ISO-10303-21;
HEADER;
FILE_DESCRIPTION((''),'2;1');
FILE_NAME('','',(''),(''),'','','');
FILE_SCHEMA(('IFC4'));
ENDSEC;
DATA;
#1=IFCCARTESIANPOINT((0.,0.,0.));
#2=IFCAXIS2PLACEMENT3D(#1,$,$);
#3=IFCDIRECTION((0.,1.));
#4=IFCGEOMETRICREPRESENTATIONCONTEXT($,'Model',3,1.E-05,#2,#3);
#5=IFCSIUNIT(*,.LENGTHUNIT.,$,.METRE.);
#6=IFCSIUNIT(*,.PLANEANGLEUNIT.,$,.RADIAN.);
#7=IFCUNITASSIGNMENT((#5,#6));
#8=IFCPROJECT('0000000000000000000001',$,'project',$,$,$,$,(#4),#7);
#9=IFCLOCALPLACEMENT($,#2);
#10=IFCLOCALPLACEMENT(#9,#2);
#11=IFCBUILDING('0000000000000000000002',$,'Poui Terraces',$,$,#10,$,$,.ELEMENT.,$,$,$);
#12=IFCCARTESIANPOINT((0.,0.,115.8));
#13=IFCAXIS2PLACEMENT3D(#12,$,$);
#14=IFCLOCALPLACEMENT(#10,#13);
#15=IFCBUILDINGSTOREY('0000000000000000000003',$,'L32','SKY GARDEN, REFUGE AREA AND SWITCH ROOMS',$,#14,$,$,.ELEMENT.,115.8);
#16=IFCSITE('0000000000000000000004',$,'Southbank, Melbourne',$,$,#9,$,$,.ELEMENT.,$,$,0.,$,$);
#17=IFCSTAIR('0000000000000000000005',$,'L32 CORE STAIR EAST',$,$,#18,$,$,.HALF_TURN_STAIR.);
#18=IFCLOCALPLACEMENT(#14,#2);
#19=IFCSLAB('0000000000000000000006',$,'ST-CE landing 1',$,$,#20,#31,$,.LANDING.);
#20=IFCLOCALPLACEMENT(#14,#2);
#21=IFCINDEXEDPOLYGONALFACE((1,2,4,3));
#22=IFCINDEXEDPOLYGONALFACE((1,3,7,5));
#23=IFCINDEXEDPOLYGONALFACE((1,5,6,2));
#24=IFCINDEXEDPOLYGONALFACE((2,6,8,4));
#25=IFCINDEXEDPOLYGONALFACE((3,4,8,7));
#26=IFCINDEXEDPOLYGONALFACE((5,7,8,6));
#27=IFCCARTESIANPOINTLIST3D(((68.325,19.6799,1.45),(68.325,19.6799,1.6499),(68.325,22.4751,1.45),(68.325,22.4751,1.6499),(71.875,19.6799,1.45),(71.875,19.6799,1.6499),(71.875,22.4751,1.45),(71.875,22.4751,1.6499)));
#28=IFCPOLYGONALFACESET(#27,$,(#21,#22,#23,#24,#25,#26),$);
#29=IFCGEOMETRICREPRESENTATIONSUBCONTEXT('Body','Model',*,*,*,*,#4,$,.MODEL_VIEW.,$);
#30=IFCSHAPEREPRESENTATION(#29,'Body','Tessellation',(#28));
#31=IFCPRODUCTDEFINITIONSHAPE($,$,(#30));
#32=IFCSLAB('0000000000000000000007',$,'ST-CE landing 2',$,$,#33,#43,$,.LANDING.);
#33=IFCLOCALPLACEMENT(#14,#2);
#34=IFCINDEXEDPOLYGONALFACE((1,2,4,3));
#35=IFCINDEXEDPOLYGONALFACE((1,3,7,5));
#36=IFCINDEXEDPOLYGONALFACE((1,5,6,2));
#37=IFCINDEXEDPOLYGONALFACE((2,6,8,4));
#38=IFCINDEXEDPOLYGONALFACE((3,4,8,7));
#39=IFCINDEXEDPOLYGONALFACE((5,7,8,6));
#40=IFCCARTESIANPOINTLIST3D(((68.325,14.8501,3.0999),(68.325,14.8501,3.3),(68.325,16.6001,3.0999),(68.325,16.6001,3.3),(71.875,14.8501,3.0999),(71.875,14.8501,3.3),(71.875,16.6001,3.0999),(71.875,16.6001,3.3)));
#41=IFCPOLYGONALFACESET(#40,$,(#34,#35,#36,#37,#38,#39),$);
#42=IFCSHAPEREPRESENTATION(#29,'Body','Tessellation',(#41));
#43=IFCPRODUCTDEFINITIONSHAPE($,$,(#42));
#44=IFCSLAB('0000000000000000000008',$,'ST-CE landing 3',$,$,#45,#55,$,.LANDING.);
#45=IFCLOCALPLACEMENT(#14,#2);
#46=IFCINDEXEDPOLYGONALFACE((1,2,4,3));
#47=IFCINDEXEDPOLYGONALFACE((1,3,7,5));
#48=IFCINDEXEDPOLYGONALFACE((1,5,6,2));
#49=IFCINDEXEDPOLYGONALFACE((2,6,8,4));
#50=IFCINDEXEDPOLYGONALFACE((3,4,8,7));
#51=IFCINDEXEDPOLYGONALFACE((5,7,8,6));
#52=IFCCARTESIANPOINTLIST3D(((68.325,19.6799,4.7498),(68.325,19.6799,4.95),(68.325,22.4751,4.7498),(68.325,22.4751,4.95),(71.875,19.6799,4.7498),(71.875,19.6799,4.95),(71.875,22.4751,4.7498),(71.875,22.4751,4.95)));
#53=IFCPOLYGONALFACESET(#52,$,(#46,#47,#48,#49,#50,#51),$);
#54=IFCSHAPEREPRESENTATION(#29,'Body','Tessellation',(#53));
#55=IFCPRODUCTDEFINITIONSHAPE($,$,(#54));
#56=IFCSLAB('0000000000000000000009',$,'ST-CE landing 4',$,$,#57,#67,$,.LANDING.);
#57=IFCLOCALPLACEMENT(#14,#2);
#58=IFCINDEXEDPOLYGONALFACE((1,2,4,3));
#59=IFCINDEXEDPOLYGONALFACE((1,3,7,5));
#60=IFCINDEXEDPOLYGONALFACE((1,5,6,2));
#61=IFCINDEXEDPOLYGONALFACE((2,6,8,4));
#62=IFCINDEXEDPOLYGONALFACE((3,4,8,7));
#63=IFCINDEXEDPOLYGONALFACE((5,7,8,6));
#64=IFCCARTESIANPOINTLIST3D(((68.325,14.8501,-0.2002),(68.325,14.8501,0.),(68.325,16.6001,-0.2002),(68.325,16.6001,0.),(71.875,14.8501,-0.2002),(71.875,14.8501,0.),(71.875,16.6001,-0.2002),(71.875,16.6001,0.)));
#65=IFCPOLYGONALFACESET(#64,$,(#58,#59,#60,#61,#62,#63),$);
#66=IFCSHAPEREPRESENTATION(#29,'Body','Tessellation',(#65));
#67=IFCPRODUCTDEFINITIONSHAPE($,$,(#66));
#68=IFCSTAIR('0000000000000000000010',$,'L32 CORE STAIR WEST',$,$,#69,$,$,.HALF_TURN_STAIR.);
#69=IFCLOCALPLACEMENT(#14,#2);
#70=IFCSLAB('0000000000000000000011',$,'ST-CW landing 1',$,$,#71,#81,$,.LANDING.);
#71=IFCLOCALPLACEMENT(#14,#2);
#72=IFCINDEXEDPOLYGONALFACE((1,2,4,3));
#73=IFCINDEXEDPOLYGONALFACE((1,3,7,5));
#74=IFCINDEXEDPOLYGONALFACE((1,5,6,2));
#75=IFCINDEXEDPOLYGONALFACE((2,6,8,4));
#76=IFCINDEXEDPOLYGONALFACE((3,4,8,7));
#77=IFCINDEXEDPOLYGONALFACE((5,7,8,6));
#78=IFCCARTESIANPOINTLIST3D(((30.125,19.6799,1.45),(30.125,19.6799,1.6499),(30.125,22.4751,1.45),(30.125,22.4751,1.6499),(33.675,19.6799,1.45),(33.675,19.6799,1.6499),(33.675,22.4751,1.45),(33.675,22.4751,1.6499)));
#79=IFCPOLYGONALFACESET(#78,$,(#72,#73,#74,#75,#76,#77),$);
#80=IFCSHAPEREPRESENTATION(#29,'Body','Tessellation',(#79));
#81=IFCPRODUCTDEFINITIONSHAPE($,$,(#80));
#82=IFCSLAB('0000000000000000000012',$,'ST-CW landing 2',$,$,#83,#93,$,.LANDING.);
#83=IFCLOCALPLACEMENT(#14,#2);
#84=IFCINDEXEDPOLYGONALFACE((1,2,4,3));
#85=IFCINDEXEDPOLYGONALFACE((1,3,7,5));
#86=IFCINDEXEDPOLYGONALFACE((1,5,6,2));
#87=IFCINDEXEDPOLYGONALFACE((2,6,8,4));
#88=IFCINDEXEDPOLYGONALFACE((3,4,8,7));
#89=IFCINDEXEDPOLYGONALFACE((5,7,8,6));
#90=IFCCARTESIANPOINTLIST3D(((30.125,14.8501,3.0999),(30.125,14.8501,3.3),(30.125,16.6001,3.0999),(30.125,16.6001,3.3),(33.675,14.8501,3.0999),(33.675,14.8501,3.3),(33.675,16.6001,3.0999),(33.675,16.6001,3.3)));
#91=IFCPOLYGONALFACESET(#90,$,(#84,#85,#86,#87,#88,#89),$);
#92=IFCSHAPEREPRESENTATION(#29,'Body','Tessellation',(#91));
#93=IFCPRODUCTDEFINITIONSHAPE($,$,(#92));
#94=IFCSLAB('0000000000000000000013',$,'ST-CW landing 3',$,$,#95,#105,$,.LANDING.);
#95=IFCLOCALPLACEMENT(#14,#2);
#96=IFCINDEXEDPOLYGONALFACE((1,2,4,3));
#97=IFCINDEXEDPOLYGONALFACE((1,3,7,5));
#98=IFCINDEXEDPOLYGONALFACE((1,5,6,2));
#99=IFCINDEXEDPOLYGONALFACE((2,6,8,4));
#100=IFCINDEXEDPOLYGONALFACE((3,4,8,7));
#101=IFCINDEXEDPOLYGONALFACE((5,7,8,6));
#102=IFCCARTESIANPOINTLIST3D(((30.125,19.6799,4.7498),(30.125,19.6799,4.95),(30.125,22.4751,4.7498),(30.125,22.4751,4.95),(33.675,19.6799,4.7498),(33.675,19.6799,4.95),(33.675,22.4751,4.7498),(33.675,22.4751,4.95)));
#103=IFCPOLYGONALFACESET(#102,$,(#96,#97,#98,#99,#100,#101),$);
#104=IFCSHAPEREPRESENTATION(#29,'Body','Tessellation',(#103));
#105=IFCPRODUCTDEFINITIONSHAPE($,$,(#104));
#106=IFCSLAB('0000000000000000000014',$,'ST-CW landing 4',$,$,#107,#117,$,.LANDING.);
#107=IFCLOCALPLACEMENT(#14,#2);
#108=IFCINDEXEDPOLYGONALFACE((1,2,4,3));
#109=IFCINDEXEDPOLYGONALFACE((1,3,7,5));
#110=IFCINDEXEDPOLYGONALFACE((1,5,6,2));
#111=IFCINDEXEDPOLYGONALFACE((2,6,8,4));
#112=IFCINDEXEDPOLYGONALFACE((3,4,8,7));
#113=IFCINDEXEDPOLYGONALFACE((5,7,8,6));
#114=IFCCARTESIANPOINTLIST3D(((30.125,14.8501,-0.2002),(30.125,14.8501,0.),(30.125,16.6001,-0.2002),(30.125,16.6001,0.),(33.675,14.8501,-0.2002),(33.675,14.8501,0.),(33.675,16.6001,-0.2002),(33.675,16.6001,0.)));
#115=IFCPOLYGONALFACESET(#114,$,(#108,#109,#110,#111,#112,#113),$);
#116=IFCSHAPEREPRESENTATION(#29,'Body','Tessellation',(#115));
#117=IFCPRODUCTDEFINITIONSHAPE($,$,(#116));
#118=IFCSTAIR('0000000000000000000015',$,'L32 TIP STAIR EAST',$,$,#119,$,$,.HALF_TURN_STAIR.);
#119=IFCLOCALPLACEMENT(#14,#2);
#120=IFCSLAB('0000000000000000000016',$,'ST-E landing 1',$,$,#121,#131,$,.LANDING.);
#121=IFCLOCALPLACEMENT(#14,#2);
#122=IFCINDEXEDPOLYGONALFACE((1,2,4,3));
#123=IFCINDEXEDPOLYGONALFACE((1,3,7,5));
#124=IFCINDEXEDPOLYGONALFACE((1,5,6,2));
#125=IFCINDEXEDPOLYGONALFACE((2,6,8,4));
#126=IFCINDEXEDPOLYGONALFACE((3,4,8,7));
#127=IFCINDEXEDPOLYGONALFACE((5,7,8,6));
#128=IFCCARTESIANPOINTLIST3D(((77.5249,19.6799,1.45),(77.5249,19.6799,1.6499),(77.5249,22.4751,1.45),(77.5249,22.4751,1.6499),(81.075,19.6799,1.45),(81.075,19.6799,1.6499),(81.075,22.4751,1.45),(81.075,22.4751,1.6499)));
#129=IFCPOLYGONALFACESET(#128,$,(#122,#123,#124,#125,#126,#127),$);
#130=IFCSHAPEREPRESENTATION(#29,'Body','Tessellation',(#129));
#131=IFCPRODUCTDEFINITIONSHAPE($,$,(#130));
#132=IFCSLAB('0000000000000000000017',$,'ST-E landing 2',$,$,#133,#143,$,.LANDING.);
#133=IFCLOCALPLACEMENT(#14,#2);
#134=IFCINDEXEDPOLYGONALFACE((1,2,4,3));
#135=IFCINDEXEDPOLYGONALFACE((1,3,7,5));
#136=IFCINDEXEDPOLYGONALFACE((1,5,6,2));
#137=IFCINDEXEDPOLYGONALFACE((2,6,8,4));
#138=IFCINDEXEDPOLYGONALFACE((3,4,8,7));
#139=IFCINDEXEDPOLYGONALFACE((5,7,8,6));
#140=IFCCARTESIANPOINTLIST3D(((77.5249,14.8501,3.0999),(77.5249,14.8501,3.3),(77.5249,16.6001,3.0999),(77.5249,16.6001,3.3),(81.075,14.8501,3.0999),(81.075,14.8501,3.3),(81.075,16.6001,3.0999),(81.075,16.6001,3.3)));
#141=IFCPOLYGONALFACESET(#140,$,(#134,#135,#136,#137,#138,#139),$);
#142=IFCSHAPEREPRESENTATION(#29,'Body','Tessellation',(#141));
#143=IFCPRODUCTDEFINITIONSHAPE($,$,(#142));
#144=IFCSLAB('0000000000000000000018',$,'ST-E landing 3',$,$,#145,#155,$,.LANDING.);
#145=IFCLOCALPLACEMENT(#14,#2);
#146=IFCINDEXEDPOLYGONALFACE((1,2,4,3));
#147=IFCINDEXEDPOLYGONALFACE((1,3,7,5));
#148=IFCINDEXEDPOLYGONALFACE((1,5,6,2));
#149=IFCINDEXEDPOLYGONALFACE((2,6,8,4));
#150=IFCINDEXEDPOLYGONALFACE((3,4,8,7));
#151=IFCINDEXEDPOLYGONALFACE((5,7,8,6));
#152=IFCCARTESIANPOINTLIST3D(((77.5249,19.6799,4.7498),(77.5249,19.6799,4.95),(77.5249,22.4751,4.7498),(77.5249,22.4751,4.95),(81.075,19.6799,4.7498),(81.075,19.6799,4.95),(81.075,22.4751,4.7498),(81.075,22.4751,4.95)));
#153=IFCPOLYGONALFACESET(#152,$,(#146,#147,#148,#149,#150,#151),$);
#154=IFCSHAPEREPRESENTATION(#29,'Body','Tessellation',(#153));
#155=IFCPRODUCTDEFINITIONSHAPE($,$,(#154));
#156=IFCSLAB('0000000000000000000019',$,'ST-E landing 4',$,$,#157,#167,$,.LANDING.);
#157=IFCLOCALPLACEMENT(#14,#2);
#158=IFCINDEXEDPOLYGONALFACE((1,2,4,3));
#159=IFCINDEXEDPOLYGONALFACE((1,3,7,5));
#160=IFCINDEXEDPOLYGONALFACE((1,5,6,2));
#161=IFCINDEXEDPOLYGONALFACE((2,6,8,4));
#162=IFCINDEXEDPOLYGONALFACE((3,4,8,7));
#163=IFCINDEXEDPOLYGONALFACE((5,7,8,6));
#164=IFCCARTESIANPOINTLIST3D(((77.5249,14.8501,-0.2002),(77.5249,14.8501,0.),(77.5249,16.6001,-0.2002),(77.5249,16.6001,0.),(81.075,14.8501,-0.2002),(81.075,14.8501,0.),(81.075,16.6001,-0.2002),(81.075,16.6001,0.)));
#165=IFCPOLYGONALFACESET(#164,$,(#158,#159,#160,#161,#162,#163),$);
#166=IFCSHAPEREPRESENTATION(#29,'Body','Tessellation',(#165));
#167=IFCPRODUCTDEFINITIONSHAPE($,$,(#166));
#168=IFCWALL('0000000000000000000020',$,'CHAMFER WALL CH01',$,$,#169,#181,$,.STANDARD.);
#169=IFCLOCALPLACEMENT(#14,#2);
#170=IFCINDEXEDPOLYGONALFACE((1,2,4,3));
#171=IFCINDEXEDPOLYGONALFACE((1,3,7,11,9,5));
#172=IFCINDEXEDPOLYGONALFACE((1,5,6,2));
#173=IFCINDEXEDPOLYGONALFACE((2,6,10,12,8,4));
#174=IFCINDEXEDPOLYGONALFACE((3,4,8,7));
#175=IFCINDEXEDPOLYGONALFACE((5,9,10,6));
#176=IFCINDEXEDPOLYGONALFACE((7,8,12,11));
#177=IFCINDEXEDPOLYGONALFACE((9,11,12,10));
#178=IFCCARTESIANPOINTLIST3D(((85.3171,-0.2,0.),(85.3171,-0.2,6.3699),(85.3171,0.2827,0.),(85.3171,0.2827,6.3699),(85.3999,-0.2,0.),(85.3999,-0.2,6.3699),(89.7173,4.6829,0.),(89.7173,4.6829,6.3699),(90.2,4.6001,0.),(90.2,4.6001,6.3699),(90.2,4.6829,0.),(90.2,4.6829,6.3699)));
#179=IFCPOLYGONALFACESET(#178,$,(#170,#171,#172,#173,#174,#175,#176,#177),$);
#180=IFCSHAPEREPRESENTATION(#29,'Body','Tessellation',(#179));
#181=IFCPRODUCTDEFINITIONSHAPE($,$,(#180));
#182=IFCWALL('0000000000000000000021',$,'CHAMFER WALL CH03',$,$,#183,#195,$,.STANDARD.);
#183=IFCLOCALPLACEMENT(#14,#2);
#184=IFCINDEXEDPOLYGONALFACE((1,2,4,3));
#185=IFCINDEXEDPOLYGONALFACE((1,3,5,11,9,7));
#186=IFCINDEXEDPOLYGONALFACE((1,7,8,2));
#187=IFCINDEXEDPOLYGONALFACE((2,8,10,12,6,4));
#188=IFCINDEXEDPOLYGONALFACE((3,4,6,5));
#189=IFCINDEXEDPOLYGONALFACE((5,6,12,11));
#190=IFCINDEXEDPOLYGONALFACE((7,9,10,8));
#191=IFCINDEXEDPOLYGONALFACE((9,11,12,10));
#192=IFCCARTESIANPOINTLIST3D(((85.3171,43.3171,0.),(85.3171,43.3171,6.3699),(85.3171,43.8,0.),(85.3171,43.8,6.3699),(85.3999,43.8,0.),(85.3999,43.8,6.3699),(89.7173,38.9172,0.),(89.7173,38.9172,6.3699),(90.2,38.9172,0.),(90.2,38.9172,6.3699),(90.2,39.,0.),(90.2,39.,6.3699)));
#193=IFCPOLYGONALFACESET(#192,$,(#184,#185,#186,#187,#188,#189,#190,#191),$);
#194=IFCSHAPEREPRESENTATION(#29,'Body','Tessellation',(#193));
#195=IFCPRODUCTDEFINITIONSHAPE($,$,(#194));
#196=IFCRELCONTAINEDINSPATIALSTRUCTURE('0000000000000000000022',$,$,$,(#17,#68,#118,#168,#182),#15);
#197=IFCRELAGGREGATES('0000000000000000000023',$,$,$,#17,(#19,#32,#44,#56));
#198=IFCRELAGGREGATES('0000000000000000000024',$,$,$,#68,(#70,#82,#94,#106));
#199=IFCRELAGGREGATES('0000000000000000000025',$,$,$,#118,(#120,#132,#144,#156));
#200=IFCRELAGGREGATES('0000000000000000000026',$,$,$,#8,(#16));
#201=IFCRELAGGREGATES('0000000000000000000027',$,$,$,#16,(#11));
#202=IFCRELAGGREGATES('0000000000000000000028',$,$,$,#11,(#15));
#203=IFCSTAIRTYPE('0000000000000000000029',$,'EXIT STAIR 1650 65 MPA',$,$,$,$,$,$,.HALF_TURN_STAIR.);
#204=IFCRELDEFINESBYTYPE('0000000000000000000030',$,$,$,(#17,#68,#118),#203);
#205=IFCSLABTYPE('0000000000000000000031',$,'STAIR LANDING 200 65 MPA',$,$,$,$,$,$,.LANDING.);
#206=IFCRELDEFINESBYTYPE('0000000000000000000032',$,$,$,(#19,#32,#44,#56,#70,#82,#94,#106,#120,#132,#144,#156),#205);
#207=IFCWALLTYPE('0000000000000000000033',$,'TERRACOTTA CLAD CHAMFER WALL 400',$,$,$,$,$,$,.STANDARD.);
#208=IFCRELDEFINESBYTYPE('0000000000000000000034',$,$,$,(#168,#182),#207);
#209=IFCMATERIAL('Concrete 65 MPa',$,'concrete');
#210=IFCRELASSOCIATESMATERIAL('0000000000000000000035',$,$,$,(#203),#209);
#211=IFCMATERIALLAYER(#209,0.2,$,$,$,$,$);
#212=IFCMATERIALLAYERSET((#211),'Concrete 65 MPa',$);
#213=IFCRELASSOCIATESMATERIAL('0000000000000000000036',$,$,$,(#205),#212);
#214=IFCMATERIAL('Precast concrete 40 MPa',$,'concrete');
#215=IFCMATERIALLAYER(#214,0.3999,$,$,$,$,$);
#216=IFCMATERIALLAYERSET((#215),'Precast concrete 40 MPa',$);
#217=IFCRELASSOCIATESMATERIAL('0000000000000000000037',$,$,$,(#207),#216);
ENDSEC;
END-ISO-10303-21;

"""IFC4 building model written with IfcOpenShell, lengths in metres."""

from ifc_helpers import new_model, si_unit, direction, frame, origin, place, context, subcontext, project, spatial, polyline, outline, extrude, material, layer, layer_set, type_object, element, aggregate, save


model = new_model("IFC4")

# Units and contexts
model_context = context("Model", 3, precision=1e-05, world=origin(), true_north=direction((0.0, 1.0)))
body_context = subcontext(model_context, "Body", "Model", "MODEL_VIEW")
ifc_project = project(units=[si_unit("LENGTHUNIT", "METRE"), si_unit("PLANEANGLEUNIT", "RADIAN")], contexts=[model_context])

# Site, building, storey
site_placement = place(None, origin())
site = spatial("IfcSite", under=ifc_project, at=site_placement, Name="Southbank, Melbourne", CompositionType="ELEMENT", RefElevation=0.0)
building_placement = place(site_placement, origin())
building = spatial("IfcBuilding", under=site, at=building_placement, Name="Poui Terraces", CompositionType="ELEMENT")
storey_placement = place(building_placement, frame((0.0, 0.0, 115.8)))
storey = spatial("IfcBuildingStorey", under=building, at=storey_placement, Name="L32", Description="SKY GARDEN, REFUGE AREA AND SWITCH ROOMS", CompositionType="ELEMENT", Elevation=115.8)

# Stairs, slabs
ifc_material_1 = material(Name="Concrete 65 MPa", Category="concrete")
stair_type = type_object("IfcStairType", Name="EXIT STAIR 1650 65 MPA", PredefinedType="HALF_TURN_STAIR", material=ifc_material_1)
stair_1_placement = place(storey_placement, origin())
stair_1 = element("IfcStair", 1, at=stair_1_placement, inside=storey, type_object=stair_type, Name="L32 CORE STAIR EAST", PredefinedType="HALF_TURN_STAIR")
ifc_layer_1 = layer(ifc_material_1, 0.2)
ifc_layer_set_1 = layer_set([ifc_layer_1], Name="Concrete 65 MPa")
slab_type = type_object("IfcSlabType", Name="STAIR LANDING 200 65 MPA", PredefinedType="LANDING", material=ifc_layer_set_1)
slab_1_placement = place(storey_placement, frame((0.0, 0.0, 1.45)))
slab_1 = element("IfcSlab", 2, at=slab_1_placement, type_object=slab_type, Name="ST-CE landing 1", PredefinedType="LANDING", context=body_context, shape_type="SweptSolid", body=[
    extrude(outline(polyline([(68.325, 19.6799), (71.875, 19.6799), (71.875, 22.4751), (68.325, 22.4751), (68.325, 19.6799)])), origin(), (0.0, 0.0, 1.0), 0.2),
])
slab_2_placement = place(storey_placement, frame((0.0, 0.0, 3.0999)))
slab_2 = element("IfcSlab", 3, at=slab_2_placement, type_object=slab_type, Name="ST-CE landing 2", PredefinedType="LANDING", context=body_context, shape_type="SweptSolid", body=[
    extrude(outline(polyline([(68.325, 14.8501), (71.875, 14.8501), (71.875, 16.6001), (68.325, 16.6001), (68.325, 14.8501)])), origin(), (0.0, 0.0, 1.0), 0.2002),
])
slab_3_placement = place(storey_placement, frame((0.0, 0.0, 4.7498)))
slab_3 = element("IfcSlab", 4, at=slab_3_placement, type_object=slab_type, Name="ST-CE landing 3", PredefinedType="LANDING", context=body_context, shape_type="SweptSolid", body=[
    extrude(outline(polyline([(68.325, 19.6799), (71.875, 19.6799), (71.875, 22.4751), (68.325, 22.4751), (68.325, 19.6799)])), origin(), (0.0, 0.0, 1.0), 0.2002),
])
slab_4_placement = place(storey_placement, frame((0.0, 0.0, -0.2002)))
slab_4 = element("IfcSlab", 5, at=slab_4_placement, type_object=slab_type, Name="ST-CE landing 4", PredefinedType="LANDING", context=body_context, shape_type="SweptSolid", body=[
    extrude(outline(polyline([(68.325, 14.8501), (71.875, 14.8501), (71.875, 16.6001), (68.325, 16.6001), (68.325, 14.8501)])), origin(), (0.0, 0.0, 1.0), 0.2002),
])
aggregate(stair_1, [slab_1, slab_2, slab_3, slab_4])
stair_2_placement = place(storey_placement, origin())
stair_2 = element("IfcStair", 6, at=stair_2_placement, inside=storey, type_object=stair_type, Name="L32 CORE STAIR WEST", PredefinedType="HALF_TURN_STAIR")
slab_5_placement = place(storey_placement, frame((0.0, 0.0, 1.45)))
slab_5 = element("IfcSlab", 7, at=slab_5_placement, type_object=slab_type, Name="ST-CW landing 1", PredefinedType="LANDING", context=body_context, shape_type="SweptSolid", body=[
    extrude(outline(polyline([(30.125, 19.6799), (33.675, 19.6799), (33.675, 22.4751), (30.125, 22.4751), (30.125, 19.6799)])), origin(), (0.0, 0.0, 1.0), 0.2),
])
slab_6_placement = place(storey_placement, frame((0.0, 0.0, 3.0999)))
slab_6 = element("IfcSlab", 8, at=slab_6_placement, type_object=slab_type, Name="ST-CW landing 2", PredefinedType="LANDING", context=body_context, shape_type="SweptSolid", body=[
    extrude(outline(polyline([(30.125, 14.8501), (33.675, 14.8501), (33.675, 16.6001), (30.125, 16.6001), (30.125, 14.8501)])), origin(), (0.0, 0.0, 1.0), 0.2002),
])
slab_7_placement = place(storey_placement, frame((0.0, 0.0, 4.7498)))
slab_7 = element("IfcSlab", 9, at=slab_7_placement, type_object=slab_type, Name="ST-CW landing 3", PredefinedType="LANDING", context=body_context, shape_type="SweptSolid", body=[
    extrude(outline(polyline([(30.125, 19.6799), (33.675, 19.6799), (33.675, 22.4751), (30.125, 22.4751), (30.125, 19.6799)])), origin(), (0.0, 0.0, 1.0), 0.2002),
])
slab_8_placement = place(storey_placement, frame((0.0, 0.0, -0.2002)))
slab_8 = element("IfcSlab", 10, at=slab_8_placement, type_object=slab_type, Name="ST-CW landing 4", PredefinedType="LANDING", context=body_context, shape_type="SweptSolid", body=[
    extrude(outline(polyline([(30.125, 14.8501), (33.675, 14.8501), (33.675, 16.6001), (30.125, 16.6001), (30.125, 14.8501)])), origin(), (0.0, 0.0, 1.0), 0.2002),
])
aggregate(stair_2, [slab_5, slab_6, slab_7, slab_8])
stair_3_placement = place(storey_placement, origin())
stair_3 = element("IfcStair", 11, at=stair_3_placement, inside=storey, type_object=stair_type, Name="L32 TIP STAIR EAST", PredefinedType="HALF_TURN_STAIR")
slab_9_placement = place(storey_placement, frame((0.0, 0.0, 1.45)))
slab_9 = element("IfcSlab", 12, at=slab_9_placement, type_object=slab_type, Name="ST-E landing 1", PredefinedType="LANDING", context=body_context, shape_type="SweptSolid", body=[
    extrude(outline(polyline([(77.5249, 19.6799), (81.075, 19.6799), (81.075, 22.4751), (77.5249, 22.4751), (77.5249, 19.6799)])), origin(), (0.0, 0.0, 1.0), 0.2),
])
slab_10_placement = place(storey_placement, frame((0.0, 0.0, 3.0999)))
slab_10 = element("IfcSlab", 13, at=slab_10_placement, type_object=slab_type, Name="ST-E landing 2", PredefinedType="LANDING", context=body_context, shape_type="SweptSolid", body=[
    extrude(outline(polyline([(77.5249, 14.8501), (81.075, 14.8501), (81.075, 16.6001), (77.5249, 16.6001), (77.5249, 14.8501)])), origin(), (0.0, 0.0, 1.0), 0.2002),
])
slab_11_placement = place(storey_placement, frame((0.0, 0.0, 4.7498)))
slab_11 = element("IfcSlab", 14, at=slab_11_placement, type_object=slab_type, Name="ST-E landing 3", PredefinedType="LANDING", context=body_context, shape_type="SweptSolid", body=[
    extrude(outline(polyline([(77.5249, 19.6799), (81.075, 19.6799), (81.075, 22.4751), (77.5249, 22.4751), (77.5249, 19.6799)])), origin(), (0.0, 0.0, 1.0), 0.2002),
])
slab_12_placement = place(storey_placement, frame((0.0, 0.0, -0.2002)))
slab_12 = element("IfcSlab", 15, at=slab_12_placement, type_object=slab_type, Name="ST-E landing 4", PredefinedType="LANDING", context=body_context, shape_type="SweptSolid", body=[
    extrude(outline(polyline([(77.5249, 14.8501), (81.075, 14.8501), (81.075, 16.6001), (77.5249, 16.6001), (77.5249, 14.8501)])), origin(), (0.0, 0.0, 1.0), 0.2002),
])
aggregate(stair_3, [slab_9, slab_10, slab_11, slab_12])

# Walls
ifc_material_2 = material(Name="Precast concrete 40 MPa", Category="concrete")
ifc_layer_2 = layer(ifc_material_2, 0.3999)
ifc_layer_set_2 = layer_set([ifc_layer_2], Name="Precast concrete 40 MPa")
wall_type = type_object("IfcWallType", Name="TERRACOTTA CLAD CHAMFER WALL 400", PredefinedType="STANDARD", material=ifc_layer_set_2)
wall_1_placement = place(storey_placement, origin())
element("IfcWall", 16, at=wall_1_placement, inside=storey, type_object=wall_type, Name="CHAMFER WALL CH01", PredefinedType="STANDARD", context=body_context, shape_type="SweptSolid", body=[
    extrude(outline(polyline([(85.3171, -0.2), (85.3999, -0.2), (90.2, 4.6001), (90.2, 4.6829), (89.7173, 4.6829), (85.3171, 0.2827), (85.3171, -0.2)])), origin(), (0.0, 0.0, 1.0), 6.3699),
])
wall_2_placement = place(storey_placement, origin())
element("IfcWall", 17, at=wall_2_placement, inside=storey, type_object=wall_type, Name="CHAMFER WALL CH03", PredefinedType="STANDARD", context=body_context, shape_type="SweptSolid", body=[
    extrude(outline(polyline([(90.2, 38.9172), (90.2, 39.0), (85.3999, 43.8), (85.3171, 43.8), (85.3171, 43.3171), (89.7173, 38.9172), (90.2, 38.9172)])), origin(), (0.0, 0.0, 1.0), 6.3699),
])

save(model, "model.ifc")
